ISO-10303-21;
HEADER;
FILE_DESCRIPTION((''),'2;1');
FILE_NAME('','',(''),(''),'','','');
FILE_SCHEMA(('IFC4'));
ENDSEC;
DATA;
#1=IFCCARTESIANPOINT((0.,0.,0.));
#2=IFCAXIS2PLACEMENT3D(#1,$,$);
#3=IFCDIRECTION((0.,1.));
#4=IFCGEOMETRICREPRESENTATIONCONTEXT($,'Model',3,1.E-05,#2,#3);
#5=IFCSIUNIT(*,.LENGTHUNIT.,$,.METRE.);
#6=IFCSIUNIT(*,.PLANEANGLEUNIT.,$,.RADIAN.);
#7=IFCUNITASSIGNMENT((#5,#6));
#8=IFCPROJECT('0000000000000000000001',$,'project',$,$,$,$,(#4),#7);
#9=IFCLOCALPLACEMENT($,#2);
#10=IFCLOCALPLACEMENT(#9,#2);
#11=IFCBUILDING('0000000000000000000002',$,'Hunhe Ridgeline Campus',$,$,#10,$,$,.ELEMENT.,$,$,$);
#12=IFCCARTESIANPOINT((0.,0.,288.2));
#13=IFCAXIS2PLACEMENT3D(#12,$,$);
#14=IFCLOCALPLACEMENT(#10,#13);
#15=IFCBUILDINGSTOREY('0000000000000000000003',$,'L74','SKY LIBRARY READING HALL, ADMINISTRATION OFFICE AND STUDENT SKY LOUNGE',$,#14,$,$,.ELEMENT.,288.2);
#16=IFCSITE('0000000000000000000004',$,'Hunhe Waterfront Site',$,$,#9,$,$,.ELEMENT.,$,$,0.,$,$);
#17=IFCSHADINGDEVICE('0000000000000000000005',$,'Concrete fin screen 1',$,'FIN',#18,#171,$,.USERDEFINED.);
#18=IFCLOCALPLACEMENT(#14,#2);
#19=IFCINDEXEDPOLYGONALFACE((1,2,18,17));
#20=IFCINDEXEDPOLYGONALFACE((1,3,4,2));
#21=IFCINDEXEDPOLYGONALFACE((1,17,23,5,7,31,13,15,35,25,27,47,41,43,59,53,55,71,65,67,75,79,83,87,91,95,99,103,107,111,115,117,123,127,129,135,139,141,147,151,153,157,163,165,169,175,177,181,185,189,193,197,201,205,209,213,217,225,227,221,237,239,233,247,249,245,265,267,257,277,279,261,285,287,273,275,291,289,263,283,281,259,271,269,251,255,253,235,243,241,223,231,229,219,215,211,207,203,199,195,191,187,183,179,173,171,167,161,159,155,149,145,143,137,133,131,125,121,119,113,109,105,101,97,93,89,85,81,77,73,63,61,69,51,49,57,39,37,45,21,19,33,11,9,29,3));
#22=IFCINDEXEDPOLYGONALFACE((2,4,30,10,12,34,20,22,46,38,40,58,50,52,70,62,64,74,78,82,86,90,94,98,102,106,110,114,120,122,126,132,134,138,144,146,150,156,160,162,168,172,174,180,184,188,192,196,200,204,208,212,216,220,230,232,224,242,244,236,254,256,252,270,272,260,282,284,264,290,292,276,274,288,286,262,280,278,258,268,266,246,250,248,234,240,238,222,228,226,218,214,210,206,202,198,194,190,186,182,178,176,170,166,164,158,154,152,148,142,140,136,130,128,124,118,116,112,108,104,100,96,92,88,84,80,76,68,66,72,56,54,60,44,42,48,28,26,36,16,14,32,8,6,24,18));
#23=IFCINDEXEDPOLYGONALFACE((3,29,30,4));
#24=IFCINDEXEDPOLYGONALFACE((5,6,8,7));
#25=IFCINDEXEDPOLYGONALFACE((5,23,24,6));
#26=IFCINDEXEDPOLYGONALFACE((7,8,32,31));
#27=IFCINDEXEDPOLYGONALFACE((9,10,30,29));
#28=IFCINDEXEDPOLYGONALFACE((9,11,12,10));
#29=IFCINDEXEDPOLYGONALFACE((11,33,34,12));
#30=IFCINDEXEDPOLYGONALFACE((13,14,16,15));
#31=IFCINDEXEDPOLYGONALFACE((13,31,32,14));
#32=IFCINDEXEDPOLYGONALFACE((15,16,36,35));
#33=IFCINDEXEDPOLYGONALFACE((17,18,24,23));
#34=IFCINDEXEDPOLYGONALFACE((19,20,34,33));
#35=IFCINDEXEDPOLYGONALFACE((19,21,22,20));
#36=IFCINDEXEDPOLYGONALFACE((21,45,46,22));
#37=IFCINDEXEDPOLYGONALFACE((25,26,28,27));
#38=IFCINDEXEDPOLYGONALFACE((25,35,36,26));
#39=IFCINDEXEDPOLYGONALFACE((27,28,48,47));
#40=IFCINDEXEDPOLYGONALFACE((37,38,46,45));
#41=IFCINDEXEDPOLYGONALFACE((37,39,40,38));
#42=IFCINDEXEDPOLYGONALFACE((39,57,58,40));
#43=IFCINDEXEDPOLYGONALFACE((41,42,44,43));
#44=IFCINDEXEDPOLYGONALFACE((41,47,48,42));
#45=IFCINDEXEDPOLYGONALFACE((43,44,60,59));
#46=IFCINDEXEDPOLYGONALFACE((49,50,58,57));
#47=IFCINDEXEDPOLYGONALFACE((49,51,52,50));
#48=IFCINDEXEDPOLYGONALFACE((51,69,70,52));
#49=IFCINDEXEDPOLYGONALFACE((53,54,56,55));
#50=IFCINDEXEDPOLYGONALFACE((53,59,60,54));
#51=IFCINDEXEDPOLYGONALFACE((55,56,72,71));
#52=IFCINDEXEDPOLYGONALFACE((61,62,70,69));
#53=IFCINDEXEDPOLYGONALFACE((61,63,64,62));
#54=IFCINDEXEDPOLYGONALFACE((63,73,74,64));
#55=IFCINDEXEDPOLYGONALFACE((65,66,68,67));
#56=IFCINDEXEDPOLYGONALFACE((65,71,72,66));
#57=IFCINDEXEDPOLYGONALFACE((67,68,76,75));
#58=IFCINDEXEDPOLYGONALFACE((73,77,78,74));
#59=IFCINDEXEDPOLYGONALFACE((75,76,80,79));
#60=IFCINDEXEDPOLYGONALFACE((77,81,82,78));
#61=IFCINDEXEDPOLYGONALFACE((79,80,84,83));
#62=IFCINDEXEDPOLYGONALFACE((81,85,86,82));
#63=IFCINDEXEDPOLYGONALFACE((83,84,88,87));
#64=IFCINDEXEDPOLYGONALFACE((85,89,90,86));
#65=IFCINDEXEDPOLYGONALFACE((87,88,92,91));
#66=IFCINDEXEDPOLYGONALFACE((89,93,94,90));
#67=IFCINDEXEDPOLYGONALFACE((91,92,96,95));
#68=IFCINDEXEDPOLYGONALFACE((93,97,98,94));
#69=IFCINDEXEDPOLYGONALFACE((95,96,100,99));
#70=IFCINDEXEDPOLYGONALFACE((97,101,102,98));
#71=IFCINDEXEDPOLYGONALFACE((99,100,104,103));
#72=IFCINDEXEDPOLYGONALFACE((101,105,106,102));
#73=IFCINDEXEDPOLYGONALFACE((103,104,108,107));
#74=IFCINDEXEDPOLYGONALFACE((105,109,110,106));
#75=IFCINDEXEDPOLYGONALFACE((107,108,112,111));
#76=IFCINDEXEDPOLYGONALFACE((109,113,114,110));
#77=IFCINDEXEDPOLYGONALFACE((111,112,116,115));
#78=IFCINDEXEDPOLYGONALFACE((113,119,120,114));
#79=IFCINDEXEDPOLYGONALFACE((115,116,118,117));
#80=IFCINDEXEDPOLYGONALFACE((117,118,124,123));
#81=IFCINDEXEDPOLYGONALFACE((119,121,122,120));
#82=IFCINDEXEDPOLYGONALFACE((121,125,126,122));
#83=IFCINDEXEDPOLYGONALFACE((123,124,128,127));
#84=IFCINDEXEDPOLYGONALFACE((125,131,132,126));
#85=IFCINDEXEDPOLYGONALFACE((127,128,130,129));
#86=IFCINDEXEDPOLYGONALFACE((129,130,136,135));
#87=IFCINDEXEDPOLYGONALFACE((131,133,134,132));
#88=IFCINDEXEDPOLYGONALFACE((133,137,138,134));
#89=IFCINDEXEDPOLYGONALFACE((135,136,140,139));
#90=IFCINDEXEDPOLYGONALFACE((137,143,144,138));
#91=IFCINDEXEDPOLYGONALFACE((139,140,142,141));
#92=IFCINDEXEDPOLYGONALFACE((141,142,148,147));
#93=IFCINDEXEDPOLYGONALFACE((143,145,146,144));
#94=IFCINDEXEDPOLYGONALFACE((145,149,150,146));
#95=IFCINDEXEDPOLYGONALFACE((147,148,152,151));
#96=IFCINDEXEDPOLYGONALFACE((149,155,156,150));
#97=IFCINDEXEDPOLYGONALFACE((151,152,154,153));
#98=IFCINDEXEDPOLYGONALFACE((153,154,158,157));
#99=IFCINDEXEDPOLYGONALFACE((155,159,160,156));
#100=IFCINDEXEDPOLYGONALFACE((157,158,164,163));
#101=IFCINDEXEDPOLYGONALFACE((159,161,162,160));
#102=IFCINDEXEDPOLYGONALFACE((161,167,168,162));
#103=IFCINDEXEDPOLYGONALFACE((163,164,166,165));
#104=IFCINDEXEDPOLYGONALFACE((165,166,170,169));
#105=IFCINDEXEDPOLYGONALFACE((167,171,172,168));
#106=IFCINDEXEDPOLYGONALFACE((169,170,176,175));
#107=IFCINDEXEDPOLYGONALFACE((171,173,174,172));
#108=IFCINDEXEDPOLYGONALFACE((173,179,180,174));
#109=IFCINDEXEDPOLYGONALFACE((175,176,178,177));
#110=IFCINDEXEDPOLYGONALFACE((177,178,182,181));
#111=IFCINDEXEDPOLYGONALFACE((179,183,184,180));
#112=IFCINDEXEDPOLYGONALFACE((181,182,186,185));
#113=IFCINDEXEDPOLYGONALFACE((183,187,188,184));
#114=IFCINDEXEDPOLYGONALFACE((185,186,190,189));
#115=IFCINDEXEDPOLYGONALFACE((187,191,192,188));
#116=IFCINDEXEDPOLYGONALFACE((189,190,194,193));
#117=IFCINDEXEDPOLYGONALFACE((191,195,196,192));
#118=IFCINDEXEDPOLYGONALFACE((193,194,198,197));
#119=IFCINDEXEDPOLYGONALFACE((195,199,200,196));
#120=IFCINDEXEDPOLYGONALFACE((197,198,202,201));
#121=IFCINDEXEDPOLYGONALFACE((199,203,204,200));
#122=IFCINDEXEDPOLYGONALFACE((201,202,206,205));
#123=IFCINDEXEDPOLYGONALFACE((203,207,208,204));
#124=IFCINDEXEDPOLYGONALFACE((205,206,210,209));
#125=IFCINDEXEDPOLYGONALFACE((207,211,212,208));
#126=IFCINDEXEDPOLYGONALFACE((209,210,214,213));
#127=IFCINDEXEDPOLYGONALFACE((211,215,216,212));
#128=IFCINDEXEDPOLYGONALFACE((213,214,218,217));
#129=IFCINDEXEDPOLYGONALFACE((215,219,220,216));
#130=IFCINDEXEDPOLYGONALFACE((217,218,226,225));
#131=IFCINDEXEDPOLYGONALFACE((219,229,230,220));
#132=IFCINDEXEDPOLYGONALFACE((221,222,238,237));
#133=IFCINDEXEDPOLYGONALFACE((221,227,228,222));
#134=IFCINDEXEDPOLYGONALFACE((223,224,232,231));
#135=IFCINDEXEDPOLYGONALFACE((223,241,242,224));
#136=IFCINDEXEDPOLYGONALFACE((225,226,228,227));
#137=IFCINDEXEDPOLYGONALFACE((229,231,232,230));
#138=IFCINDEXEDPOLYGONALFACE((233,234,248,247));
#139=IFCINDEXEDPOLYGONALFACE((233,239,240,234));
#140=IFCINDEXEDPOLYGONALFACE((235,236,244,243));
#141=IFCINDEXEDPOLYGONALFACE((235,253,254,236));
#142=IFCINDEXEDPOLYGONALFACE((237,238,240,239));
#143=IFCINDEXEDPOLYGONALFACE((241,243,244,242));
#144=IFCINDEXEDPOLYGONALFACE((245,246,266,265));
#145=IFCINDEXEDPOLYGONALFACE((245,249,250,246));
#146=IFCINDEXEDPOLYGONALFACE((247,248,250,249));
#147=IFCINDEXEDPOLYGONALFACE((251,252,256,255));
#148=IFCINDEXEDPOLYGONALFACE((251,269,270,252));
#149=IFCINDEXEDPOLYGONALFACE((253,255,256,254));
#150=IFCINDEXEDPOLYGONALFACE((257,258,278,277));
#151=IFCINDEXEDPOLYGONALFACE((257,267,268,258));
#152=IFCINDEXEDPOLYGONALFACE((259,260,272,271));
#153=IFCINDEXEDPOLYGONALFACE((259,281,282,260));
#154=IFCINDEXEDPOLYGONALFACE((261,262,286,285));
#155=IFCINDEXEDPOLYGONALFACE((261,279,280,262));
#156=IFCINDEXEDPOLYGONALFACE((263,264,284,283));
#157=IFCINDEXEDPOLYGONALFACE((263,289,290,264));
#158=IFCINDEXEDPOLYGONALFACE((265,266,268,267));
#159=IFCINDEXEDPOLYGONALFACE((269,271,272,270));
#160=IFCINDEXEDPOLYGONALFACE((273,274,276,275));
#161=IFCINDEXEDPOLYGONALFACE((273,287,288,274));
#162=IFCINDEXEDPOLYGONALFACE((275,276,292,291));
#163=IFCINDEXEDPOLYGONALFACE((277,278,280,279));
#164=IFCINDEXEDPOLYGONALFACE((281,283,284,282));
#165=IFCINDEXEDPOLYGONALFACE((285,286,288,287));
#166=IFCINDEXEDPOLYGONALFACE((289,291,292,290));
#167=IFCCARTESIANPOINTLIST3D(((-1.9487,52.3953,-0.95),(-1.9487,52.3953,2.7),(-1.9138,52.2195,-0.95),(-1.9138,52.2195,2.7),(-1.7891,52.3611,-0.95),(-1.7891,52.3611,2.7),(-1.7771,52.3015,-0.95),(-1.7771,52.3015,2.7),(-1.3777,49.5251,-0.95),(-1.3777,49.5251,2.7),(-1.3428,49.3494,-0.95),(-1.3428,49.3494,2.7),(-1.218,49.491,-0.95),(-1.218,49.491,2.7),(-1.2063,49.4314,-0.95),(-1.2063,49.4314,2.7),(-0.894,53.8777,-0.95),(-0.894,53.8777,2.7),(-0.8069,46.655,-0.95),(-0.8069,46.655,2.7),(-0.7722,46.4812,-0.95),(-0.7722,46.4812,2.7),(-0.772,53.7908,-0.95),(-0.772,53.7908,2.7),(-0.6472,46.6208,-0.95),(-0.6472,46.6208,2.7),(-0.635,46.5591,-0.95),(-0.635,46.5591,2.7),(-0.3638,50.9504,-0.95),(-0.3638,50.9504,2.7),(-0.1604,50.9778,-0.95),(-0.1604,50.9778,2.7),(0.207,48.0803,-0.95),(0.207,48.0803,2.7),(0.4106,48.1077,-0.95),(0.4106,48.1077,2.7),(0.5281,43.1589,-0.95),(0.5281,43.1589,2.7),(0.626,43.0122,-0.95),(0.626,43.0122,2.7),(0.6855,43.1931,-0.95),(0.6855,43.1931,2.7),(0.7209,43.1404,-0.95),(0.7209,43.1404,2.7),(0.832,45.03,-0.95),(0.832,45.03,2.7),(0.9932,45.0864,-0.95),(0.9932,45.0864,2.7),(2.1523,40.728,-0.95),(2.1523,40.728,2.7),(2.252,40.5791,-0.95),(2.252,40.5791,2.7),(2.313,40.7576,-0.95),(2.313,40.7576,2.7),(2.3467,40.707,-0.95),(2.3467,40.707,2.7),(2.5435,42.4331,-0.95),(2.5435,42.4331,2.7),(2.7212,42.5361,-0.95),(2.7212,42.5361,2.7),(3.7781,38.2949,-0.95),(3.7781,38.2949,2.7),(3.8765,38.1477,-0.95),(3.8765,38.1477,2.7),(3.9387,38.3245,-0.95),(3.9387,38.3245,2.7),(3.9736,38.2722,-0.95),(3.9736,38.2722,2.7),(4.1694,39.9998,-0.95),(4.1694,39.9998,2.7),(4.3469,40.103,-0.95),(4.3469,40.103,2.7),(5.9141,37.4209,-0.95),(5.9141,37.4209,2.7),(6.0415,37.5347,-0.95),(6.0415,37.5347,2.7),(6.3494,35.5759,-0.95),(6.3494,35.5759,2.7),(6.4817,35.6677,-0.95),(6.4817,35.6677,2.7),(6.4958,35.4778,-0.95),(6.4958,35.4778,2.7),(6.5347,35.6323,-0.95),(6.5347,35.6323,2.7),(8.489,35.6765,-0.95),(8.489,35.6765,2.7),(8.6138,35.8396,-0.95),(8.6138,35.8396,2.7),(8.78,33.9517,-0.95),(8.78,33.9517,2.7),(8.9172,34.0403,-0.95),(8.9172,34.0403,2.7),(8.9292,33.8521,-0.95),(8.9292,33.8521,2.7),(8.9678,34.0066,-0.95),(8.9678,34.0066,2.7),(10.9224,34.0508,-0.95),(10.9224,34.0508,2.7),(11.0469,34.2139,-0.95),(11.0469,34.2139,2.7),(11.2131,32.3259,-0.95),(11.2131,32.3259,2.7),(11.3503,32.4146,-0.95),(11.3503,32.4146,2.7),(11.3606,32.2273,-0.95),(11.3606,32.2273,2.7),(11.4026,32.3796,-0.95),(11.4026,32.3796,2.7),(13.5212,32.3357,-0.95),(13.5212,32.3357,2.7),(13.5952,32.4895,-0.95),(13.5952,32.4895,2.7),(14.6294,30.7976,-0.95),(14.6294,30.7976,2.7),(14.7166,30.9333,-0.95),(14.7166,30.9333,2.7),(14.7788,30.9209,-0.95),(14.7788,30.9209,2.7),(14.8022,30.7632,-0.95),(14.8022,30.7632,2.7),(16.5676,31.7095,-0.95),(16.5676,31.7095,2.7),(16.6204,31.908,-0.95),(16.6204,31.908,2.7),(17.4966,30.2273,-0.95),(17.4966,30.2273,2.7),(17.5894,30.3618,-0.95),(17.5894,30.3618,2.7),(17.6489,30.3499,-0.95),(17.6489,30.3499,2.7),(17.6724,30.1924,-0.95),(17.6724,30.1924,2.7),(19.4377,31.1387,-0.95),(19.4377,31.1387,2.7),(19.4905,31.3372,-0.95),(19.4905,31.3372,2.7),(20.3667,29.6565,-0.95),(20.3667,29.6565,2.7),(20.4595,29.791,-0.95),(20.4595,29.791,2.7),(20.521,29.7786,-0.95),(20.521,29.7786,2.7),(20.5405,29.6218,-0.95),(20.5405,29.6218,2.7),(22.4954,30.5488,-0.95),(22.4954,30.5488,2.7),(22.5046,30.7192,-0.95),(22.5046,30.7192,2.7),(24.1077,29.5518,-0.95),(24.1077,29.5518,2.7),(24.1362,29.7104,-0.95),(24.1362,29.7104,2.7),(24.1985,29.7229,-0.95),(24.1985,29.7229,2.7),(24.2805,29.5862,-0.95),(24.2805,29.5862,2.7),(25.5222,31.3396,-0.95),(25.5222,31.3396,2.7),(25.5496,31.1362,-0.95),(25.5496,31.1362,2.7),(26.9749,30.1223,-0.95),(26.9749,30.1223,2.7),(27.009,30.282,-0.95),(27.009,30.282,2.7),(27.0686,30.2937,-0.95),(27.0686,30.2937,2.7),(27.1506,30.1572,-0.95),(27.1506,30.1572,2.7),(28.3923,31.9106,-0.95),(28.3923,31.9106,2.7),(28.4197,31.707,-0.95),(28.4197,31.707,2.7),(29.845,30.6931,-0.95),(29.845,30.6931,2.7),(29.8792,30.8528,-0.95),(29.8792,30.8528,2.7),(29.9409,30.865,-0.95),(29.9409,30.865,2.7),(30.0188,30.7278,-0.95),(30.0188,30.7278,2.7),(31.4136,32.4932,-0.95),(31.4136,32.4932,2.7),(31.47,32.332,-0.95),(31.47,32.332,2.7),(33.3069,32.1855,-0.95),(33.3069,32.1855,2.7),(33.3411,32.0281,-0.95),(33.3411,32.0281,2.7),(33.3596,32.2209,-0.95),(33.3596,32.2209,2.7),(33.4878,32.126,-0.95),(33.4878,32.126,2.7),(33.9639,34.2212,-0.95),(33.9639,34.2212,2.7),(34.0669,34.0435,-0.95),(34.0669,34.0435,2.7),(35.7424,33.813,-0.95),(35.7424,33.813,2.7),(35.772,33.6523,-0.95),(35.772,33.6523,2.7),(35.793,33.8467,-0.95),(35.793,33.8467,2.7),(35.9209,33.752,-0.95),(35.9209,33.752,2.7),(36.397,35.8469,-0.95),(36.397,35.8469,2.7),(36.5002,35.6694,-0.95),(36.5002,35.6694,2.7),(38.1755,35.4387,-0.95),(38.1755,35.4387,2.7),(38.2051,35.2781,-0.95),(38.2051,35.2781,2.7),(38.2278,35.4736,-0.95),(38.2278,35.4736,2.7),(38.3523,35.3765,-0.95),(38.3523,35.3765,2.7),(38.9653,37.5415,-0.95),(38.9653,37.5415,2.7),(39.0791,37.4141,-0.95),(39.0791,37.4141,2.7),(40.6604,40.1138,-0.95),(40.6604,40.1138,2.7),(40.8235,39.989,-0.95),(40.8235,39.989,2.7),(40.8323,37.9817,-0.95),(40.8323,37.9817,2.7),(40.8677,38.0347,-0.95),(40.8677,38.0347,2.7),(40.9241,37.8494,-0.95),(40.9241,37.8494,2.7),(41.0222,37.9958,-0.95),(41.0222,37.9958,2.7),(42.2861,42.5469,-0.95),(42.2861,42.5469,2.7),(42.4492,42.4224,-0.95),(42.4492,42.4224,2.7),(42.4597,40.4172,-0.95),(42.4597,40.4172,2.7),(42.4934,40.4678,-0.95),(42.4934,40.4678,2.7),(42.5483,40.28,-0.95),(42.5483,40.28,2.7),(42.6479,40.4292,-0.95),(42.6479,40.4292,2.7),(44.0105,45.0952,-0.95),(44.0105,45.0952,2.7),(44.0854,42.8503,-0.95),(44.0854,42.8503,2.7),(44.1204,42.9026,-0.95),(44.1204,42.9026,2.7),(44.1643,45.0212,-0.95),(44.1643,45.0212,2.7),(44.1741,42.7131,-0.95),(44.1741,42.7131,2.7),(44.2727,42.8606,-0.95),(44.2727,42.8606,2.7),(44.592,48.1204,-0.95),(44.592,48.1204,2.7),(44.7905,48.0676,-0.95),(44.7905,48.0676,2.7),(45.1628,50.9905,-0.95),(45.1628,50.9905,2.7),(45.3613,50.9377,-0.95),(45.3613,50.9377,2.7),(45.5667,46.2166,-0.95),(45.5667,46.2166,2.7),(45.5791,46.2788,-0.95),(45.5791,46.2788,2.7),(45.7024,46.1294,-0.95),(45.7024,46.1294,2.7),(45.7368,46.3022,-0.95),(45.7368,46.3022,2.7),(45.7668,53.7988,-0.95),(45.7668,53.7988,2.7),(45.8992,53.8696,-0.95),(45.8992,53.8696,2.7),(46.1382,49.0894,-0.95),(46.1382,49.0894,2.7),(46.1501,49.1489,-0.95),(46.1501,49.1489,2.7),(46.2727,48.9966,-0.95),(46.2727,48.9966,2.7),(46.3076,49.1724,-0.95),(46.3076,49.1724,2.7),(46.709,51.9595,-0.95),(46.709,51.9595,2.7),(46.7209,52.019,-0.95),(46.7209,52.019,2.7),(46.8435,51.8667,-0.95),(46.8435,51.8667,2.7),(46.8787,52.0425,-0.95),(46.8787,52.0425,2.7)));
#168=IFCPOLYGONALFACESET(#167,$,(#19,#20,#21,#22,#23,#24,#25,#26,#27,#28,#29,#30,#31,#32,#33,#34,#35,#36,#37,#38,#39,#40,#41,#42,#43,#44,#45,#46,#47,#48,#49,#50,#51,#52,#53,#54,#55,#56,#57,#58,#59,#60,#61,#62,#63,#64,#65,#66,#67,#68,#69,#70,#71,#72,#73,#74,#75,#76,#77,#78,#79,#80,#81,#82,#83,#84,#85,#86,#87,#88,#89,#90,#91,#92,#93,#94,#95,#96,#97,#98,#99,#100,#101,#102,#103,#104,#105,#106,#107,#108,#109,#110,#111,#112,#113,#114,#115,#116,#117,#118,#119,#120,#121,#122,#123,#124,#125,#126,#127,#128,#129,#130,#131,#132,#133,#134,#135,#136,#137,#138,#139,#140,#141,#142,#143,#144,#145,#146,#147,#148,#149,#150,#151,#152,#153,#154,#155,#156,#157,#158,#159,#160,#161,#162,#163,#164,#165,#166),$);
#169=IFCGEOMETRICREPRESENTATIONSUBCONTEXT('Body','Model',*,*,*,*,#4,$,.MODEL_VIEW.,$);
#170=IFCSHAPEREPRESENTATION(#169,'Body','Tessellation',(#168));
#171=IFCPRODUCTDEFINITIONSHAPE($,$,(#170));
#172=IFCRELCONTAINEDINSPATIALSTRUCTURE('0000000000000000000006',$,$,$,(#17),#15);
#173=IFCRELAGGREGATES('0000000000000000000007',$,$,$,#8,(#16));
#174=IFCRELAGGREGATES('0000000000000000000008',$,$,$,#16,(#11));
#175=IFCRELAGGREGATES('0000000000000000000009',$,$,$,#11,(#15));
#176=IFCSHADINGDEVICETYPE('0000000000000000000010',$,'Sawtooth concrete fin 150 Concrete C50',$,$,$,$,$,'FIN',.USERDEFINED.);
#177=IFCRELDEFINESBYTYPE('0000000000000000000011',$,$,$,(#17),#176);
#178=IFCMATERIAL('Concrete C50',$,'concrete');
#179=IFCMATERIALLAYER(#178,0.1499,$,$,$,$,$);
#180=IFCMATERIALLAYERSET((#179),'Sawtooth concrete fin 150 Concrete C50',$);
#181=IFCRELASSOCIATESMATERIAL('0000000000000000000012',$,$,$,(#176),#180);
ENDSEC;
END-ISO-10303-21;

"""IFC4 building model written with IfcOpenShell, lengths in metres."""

from ifc_helpers import new_model, si_unit, direction, frame, origin, place, context, subcontext, project, spatial, polyline, outline, extrude, material, layer, layer_set, type_object, element, save


model = new_model("IFC4")

# Units and contexts
model_context = context("Model", 3, precision=1e-05, world=origin(), true_north=direction((0.0, 1.0)))
body_context = subcontext(model_context, "Body", "Model", "MODEL_VIEW")
ifc_project = project(units=[si_unit("LENGTHUNIT", "METRE"), si_unit("PLANEANGLEUNIT", "RADIAN")], contexts=[model_context])

# Site, building, storey
site_placement = place(None, origin())
site = spatial("IfcSite", under=ifc_project, at=site_placement, Name="Hunhe Waterfront Site", CompositionType="ELEMENT", RefElevation=0.0)
building_placement = place(site_placement, origin())
building = spatial("IfcBuilding", under=site, at=building_placement, Name="Hunhe Ridgeline Campus", CompositionType="ELEMENT")
storey_placement = place(building_placement, frame((0.0, 0.0, 288.2)))
storey = spatial("IfcBuildingStorey", under=building, at=storey_placement, Name="L74", Description="SKY LIBRARY READING HALL, ADMINISTRATION OFFICE AND STUDENT SKY LOUNGE", CompositionType="ELEMENT", Elevation=288.2)

# Shared definitions
ifc_material_1 = material(Name="Concrete C50", Category="concrete")

# Shading device
ifc_layer_1 = layer(ifc_material_1, 0.1499)
ifc_layer_set_1 = layer_set([ifc_layer_1], Name="Sawtooth concrete fin 150 Concrete C50")
shading_device_type = type_object("IfcShadingDeviceType", Name="Sawtooth concrete fin 150 Concrete C50", ElementType="FIN", PredefinedType="USERDEFINED", material=ifc_layer_set_1)
shading_device_1_placement = place(storey_placement, frame((0.0, 0.0, -0.95)))
element("IfcShadingDevice", 1, at=shading_device_1_placement, inside=storey, type_object=shading_device_type, Name="Concrete fin screen 1", ObjectType="FIN", PredefinedType="USERDEFINED", context=body_context, shape_type="SweptSolid", body=[
    extrude(outline(polyline([(-0.772, 53.7908), (-0.894, 53.8777), (-1.9487, 52.3953), (-1.9138, 52.2195), (-0.3638, 50.9504), (-1.3777, 49.5251), (-1.3428, 49.3494), (0.207, 48.0803), (-0.8069, 46.655), (-0.7722, 46.4812), (0.832, 45.03), (0.5281, 43.1589), (0.626, 43.0122), (2.5435, 42.4331), (2.1523, 40.728), (2.252, 40.5791), (4.1694, 39.9998), (3.7781, 38.2949), (3.8765, 38.1477), (5.9141, 37.4209), (6.3494, 35.5759), (6.4958, 35.4778), (8.489, 35.6765), (8.78, 33.9517), (8.9292, 33.8521), (10.9224, 34.0508), (11.2131, 32.3259), (11.3606, 32.2273), (13.5212, 32.3357), (14.6294, 30.7976), (14.8022, 30.7632), (16.5676, 31.7095), (17.4966, 30.2273), (17.6724, 30.1924), (19.4377, 31.1387), (20.3667, 29.6565), (20.5405, 29.6218), (22.4954, 30.5488), (24.1077, 29.5518), (24.2805, 29.5862), (25.5496, 31.1362), (26.9749, 30.1223), (27.1506, 30.1572), (28.4197, 31.707), (29.845, 30.6931), (30.0188, 30.7278), (31.47, 32.332), (33.3411, 32.0281), (33.4878, 32.126), (34.0669, 34.0435), (35.772, 33.6523), (35.9209, 33.752), (36.5002, 35.6694), (38.2051, 35.2781), (38.3523, 35.3765), (39.0791, 37.4141), (40.9241, 37.8494), (41.0222, 37.9958), (40.8235, 39.989), (42.5483, 40.28), (42.6479, 40.4292), (42.4492, 42.4224), (44.1741, 42.7131), (44.2727, 42.8606), (44.1643, 45.0212), (45.7024, 46.1294), (45.7368, 46.3022), (44.7905, 48.0676), (46.2727, 48.9966), (46.3076, 49.1724), (45.3613, 50.9377), (46.8435, 51.8667), (46.8787, 52.0425), (45.8992, 53.8696), (45.7668, 53.7988), (46.7209, 52.019), (46.709, 51.9595), (45.1628, 50.9905), (46.1501, 49.1489), (46.1382, 49.0894), (44.592, 48.1204), (45.5791, 46.2788), (45.5667, 46.2166), (44.0105, 45.0952), (44.1204, 42.9026), (44.0854, 42.8503), (42.2861, 42.5469), (42.4934, 40.4678), (42.4597, 40.4172), (40.6604, 40.1138), (40.8677, 38.0347), (40.8323, 37.9817), (38.9653, 37.5415), (38.2278, 35.4736), (38.1755, 35.4387), (36.397, 35.8469), (35.793, 33.8467), (35.7424, 33.813), (33.9639, 34.2212), (33.3596, 32.2209), (33.3069, 32.1855), (31.4136, 32.4932), (29.9409, 30.865), (29.8792, 30.8528), (28.3923, 31.9106), (27.0686, 30.2937), (27.009, 30.282), (25.5222, 31.3396), (24.1985, 29.7229), (24.1362, 29.7104), (22.5046, 30.7192), (20.521, 29.7786), (20.4595, 29.791), (19.4905, 31.3372), (17.6489, 30.3499), (17.5894, 30.3618), (16.6204, 31.908), (14.7788, 30.9209), (14.7166, 30.9333), (13.5952, 32.4895), (11.4026, 32.3796), (11.3503, 32.4146), (11.0469, 34.2139), (8.9678, 34.0066), (8.9172, 34.0403), (8.6138, 35.8396), (6.5347, 35.6323), (6.4817, 35.6677), (6.0415, 37.5347), (3.9736, 38.2722), (3.9387, 38.3245), (4.3469, 40.103), (2.3467, 40.707), (2.313, 40.7576), (2.7212, 42.5361), (0.7209, 43.1404), (0.6855, 43.1931), (0.9932, 45.0864), (-0.635, 46.5591), (-0.6472, 46.6208), (0.4106, 48.1077), (-1.2063, 49.4314), (-1.218, 49.491), (-0.1604, 50.9778), (-1.7771, 52.3015), (-1.7891, 52.3611), (-0.772, 53.7908)])), origin(), (0.0, 0.0, 1.0), 3.6499),
])

save(model, "model.ifc")
